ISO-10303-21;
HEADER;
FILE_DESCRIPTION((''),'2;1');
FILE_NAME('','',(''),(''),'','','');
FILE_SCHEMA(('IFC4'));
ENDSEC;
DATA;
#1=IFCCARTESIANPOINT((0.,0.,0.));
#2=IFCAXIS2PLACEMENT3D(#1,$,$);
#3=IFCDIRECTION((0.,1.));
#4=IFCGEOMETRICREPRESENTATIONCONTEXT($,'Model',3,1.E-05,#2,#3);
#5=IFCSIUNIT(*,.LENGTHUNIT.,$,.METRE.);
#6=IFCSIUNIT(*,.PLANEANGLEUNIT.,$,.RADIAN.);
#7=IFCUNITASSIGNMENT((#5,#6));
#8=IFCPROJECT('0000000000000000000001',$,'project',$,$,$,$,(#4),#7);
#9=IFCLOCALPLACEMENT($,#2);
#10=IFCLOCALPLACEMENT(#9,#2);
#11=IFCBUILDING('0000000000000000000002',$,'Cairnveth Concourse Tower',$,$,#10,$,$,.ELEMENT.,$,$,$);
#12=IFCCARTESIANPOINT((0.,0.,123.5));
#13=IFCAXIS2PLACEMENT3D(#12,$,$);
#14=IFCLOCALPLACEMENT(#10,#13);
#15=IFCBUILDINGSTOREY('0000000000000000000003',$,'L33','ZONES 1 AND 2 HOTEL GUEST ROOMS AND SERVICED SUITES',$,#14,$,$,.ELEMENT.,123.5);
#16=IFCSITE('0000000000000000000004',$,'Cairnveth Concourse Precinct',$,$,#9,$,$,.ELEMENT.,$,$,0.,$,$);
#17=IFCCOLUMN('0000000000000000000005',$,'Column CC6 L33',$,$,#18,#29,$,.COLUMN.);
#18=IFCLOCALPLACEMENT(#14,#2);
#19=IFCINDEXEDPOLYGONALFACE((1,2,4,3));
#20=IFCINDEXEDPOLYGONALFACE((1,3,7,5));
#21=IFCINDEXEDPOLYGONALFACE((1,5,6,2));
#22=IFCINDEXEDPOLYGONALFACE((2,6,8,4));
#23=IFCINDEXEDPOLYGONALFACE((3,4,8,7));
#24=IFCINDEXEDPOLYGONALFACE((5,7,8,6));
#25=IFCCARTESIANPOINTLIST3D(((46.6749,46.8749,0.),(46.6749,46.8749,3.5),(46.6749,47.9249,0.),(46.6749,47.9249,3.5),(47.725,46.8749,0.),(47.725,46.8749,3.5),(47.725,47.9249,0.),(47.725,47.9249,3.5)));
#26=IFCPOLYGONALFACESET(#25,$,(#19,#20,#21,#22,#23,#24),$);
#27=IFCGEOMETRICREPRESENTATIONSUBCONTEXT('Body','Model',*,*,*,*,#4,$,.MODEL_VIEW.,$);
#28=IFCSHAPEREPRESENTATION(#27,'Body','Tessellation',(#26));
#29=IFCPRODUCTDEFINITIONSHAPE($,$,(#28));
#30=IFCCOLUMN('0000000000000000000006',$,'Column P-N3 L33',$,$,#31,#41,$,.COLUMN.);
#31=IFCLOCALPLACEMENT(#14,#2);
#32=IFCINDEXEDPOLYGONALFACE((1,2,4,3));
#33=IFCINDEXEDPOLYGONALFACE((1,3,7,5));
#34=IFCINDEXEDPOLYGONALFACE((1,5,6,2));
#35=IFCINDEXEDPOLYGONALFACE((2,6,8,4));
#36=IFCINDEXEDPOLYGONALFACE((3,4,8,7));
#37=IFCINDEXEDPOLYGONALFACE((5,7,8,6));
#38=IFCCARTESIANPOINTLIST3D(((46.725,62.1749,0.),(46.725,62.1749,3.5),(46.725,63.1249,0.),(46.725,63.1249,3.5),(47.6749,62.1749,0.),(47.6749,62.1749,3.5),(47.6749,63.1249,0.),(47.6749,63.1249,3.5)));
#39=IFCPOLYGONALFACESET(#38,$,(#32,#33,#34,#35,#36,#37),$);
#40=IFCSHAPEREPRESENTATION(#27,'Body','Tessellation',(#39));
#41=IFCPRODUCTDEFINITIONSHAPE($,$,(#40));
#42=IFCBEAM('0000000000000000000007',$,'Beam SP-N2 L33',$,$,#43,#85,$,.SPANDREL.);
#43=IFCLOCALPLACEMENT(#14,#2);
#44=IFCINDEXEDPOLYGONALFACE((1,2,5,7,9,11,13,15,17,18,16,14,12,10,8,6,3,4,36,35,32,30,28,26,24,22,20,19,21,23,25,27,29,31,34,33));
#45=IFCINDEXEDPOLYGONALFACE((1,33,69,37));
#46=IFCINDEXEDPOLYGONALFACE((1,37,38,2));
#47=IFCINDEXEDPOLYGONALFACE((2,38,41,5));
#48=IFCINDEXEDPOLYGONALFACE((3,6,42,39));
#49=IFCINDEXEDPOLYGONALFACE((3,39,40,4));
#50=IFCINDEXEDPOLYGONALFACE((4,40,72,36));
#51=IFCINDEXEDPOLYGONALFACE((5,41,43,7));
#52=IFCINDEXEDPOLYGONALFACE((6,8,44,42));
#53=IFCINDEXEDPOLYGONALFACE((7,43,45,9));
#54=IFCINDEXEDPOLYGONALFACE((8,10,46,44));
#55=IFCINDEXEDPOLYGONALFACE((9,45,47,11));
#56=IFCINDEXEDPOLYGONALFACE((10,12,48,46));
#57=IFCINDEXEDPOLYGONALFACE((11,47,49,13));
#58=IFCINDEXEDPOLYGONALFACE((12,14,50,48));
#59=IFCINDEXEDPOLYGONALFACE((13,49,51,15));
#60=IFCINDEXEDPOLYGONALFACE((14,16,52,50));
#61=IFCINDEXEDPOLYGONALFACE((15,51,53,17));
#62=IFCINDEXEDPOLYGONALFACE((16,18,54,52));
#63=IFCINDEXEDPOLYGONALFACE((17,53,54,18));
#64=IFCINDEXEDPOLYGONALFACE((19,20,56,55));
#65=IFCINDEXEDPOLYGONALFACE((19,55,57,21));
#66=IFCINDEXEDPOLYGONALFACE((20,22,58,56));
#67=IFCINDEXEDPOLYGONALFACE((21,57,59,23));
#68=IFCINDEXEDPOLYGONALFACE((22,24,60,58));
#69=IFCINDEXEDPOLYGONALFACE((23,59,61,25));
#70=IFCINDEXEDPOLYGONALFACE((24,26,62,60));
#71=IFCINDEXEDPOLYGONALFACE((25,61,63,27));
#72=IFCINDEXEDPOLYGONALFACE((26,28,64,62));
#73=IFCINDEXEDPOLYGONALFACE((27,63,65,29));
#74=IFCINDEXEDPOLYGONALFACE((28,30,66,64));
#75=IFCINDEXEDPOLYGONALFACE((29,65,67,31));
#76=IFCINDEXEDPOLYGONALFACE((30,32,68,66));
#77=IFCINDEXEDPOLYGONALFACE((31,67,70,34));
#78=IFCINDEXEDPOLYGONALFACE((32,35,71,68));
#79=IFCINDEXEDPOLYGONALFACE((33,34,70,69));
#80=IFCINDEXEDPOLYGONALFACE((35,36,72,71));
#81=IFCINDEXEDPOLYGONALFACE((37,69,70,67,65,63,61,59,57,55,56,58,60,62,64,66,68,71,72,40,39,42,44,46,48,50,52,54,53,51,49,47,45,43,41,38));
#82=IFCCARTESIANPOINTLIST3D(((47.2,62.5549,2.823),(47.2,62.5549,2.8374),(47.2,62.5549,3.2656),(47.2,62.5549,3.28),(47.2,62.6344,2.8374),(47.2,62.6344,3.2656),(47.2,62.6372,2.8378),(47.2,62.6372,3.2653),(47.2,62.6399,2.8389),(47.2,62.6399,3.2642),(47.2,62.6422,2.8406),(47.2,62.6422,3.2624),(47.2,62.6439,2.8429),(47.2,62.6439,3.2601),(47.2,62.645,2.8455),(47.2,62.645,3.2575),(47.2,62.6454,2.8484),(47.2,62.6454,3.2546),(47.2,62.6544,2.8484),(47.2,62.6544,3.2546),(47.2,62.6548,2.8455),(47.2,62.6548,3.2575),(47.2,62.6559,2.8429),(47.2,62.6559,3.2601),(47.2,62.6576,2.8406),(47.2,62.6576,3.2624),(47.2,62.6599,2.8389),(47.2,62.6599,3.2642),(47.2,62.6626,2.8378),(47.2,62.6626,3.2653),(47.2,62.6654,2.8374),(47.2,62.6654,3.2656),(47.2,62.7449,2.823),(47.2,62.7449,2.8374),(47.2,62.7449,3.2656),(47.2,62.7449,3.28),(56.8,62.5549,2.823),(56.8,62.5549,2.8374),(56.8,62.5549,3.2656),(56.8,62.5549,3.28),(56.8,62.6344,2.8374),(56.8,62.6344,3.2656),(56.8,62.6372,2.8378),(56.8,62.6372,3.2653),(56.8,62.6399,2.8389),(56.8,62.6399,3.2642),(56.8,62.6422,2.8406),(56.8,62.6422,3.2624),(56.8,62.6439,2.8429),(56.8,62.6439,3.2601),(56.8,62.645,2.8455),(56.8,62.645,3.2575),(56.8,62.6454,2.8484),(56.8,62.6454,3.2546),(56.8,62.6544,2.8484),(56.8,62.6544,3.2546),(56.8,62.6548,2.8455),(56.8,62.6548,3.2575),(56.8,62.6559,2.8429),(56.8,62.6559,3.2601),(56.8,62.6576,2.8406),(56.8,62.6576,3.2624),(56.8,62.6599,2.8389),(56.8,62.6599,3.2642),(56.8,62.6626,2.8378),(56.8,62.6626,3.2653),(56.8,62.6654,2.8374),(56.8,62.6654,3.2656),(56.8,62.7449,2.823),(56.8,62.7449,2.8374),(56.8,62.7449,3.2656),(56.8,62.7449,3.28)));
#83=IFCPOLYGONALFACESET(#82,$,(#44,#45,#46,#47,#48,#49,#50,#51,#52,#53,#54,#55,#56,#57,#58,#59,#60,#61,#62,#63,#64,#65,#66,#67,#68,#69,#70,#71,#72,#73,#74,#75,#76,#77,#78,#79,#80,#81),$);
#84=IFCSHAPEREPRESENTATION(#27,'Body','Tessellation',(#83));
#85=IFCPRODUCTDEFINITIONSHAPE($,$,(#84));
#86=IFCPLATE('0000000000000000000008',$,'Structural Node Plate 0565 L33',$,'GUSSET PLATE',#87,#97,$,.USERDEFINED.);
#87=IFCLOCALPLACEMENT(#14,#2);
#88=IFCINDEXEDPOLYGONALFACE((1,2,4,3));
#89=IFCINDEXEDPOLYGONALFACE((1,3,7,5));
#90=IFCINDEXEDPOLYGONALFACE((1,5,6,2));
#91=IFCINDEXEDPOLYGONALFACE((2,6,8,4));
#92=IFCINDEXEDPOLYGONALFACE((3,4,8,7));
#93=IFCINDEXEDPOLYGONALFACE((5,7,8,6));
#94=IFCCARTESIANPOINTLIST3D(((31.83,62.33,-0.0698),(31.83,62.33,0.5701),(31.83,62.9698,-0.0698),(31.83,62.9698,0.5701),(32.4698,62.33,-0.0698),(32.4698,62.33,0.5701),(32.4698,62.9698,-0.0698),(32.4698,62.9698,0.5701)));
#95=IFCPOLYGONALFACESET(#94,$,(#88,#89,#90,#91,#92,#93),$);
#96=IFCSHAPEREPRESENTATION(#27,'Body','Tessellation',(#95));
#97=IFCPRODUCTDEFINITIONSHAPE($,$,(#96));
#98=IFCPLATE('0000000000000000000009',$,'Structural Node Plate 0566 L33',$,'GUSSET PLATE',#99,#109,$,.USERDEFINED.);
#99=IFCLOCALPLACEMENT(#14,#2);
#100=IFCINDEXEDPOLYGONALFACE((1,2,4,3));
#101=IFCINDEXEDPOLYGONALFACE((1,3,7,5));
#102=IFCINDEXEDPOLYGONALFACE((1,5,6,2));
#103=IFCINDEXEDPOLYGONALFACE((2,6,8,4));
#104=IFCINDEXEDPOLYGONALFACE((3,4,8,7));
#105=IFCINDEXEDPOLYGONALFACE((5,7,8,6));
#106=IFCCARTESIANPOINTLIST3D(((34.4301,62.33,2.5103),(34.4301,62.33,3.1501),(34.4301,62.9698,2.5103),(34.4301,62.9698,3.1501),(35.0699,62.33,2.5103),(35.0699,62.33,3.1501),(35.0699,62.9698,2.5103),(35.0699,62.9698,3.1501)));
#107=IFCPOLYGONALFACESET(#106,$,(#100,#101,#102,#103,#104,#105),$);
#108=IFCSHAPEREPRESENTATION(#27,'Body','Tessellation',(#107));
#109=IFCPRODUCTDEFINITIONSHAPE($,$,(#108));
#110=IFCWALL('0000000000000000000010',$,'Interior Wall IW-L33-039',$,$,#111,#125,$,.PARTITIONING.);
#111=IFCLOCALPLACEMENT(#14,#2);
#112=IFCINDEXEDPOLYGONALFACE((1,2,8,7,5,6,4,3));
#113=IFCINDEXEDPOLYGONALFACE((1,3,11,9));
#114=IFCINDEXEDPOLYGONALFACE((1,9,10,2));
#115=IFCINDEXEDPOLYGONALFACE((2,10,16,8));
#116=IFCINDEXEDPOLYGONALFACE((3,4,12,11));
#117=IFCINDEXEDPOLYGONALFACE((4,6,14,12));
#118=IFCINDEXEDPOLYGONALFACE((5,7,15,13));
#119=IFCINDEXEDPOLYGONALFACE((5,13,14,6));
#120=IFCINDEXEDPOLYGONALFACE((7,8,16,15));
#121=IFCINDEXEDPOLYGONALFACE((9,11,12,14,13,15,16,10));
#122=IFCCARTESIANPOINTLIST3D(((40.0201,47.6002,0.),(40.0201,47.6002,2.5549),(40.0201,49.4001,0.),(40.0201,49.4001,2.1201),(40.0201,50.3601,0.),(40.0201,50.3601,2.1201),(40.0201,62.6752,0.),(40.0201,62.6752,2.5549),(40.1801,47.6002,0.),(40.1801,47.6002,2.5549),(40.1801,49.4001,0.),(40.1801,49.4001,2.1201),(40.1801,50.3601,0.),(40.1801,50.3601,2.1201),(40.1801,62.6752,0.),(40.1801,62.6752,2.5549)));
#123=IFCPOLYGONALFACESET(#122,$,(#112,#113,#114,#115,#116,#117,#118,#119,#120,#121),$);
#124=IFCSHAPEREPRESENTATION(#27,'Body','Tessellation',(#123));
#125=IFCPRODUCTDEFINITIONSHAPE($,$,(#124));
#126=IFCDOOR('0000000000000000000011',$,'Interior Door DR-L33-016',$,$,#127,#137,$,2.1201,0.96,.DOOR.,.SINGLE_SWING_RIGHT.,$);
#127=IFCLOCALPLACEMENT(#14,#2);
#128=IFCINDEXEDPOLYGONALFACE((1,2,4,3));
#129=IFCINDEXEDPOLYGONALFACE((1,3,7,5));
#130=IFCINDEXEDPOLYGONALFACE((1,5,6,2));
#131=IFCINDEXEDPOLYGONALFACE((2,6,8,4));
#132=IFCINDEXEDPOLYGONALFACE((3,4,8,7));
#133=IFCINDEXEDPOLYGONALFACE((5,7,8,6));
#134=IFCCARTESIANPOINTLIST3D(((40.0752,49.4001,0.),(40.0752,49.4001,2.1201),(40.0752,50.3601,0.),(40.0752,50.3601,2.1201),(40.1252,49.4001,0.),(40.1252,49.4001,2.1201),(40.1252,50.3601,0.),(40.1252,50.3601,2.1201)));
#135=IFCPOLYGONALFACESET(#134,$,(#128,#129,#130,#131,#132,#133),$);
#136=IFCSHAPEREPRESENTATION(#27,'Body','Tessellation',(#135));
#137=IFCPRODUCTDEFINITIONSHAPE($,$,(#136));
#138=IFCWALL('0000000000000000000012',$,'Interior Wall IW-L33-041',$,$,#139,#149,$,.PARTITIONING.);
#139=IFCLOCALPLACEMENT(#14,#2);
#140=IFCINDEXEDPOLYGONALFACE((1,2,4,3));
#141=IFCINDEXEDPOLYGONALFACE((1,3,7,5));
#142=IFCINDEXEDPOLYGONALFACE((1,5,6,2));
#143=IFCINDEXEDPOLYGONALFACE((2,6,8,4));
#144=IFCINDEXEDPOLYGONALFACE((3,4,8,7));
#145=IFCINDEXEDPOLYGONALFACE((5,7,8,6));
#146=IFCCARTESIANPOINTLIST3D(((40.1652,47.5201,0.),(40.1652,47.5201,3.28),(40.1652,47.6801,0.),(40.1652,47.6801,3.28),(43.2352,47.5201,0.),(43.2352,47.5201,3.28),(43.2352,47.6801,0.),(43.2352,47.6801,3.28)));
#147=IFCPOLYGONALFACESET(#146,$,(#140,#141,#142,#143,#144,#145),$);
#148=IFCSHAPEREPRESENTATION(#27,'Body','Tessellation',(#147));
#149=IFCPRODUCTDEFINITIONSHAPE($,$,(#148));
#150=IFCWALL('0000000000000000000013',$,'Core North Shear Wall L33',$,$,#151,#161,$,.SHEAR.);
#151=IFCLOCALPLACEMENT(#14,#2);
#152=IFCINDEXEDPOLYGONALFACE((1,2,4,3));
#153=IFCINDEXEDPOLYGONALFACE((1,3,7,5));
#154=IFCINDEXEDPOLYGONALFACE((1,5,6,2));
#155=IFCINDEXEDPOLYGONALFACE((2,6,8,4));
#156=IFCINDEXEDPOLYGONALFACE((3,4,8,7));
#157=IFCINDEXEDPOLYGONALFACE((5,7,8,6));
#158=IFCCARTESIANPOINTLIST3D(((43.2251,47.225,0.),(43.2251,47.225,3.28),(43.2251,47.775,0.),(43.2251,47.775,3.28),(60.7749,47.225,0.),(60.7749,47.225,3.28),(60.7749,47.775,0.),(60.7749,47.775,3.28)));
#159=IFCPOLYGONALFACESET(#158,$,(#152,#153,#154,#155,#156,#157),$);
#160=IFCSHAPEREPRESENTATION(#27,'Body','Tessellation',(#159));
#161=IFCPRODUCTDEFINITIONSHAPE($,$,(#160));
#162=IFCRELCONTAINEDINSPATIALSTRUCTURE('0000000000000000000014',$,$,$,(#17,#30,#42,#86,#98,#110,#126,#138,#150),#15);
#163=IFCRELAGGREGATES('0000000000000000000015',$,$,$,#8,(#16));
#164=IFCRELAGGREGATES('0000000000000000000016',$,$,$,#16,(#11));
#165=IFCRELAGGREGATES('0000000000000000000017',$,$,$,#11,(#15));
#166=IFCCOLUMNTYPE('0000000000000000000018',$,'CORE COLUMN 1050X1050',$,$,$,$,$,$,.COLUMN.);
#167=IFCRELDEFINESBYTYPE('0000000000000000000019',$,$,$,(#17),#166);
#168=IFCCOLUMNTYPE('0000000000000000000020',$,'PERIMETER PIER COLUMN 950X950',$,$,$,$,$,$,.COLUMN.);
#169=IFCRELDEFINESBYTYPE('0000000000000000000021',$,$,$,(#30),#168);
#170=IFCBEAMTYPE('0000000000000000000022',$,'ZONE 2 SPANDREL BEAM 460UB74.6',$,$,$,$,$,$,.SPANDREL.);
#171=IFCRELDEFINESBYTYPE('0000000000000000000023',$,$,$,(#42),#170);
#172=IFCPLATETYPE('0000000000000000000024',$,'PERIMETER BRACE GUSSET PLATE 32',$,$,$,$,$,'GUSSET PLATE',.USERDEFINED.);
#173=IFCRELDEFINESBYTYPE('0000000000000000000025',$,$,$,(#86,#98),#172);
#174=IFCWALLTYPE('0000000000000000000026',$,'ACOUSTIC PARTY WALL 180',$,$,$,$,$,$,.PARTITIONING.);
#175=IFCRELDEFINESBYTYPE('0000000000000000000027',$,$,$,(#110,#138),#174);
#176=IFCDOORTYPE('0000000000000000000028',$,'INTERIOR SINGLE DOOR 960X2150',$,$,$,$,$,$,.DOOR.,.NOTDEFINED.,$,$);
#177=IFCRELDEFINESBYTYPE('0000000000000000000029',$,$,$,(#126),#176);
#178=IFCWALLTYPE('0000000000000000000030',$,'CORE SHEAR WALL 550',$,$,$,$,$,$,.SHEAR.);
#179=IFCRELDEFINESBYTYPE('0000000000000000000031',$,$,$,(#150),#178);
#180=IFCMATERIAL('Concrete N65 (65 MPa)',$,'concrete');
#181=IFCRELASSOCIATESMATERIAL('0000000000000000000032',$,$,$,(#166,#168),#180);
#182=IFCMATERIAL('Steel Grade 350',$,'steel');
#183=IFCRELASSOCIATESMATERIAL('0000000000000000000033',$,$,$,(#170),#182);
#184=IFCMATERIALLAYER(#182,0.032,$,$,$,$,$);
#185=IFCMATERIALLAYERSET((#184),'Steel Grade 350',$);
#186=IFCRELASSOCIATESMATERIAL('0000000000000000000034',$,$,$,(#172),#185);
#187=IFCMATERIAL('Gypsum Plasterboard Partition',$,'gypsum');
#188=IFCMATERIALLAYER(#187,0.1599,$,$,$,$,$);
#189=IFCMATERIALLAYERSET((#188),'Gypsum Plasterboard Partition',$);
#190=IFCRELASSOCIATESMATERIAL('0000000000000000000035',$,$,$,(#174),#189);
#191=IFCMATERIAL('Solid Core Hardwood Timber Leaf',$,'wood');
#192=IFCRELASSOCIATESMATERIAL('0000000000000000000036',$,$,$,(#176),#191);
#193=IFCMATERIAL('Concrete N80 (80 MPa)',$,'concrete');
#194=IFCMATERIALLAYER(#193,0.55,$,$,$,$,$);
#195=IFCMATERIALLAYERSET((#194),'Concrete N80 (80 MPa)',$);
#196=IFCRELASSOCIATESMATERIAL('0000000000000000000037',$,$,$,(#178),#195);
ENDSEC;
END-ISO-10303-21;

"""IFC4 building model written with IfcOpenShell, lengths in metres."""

from ifc_helpers import new_model, si_unit, direction, frame, frame_2d, origin, origin_2d, place, context, subcontext, project, spatial, rectangle, i_section, extrude, material, layer, layer_set, material_profile, profile_set, type_object, element, fill, save


model = new_model("IFC4")

# Units and contexts
model_context = context("Model", 3, precision=1e-05, world=origin(), true_north=direction((0.0, 1.0)))
body_context = subcontext(model_context, "Body", "Model", "MODEL_VIEW")
ifc_project = project(units=[si_unit("LENGTHUNIT", "METRE"), si_unit("PLANEANGLEUNIT", "RADIAN")], contexts=[model_context])

# Site, building, storey
site_placement = place(None, origin())
site = spatial("IfcSite", under=ifc_project, at=site_placement, Name="Cairnveth Concourse Precinct", CompositionType="ELEMENT", RefElevation=0.0)
building_placement = place(site_placement, origin())
building = spatial("IfcBuilding", under=site, at=building_placement, Name="Cairnveth Concourse Tower", CompositionType="ELEMENT")
storey_placement = place(building_placement, frame((0.0, 0.0, 123.5)))
storey = spatial("IfcBuildingStorey", under=building, at=storey_placement, Name="L33", Description="ZONES 1 AND 2 HOTEL GUEST ROOMS AND SERVICED SUITES", CompositionType="ELEMENT", Elevation=123.5)

# Columns
ifc_material_1 = material(Name="Concrete N65 (65 MPa)", Category="concrete")
ifc_material_profile_1 = material_profile(ifc_material_1, rectangle(XDim=1.05, YDim=1.05, at=origin_2d()), Name="RC-COL-1050x1050")
ifc_profile_set_1 = profile_set([ifc_material_profile_1], Name="Concrete N65 (65 MPa)")
column_type_1 = type_object("IfcColumnType", Name="CORE COLUMN 1050X1050", PredefinedType="COLUMN", material=ifc_profile_set_1)
column_1_placement = place(storey_placement, frame((47.2, 47.3999, 0.0), z_axis=(0.0, 0.0, 1.0), x_axis=(1.0, 0.0, 0.0)))
element("IfcColumn", 1, at=column_1_placement, inside=storey, type_object=column_type_1, Name="Column CC6 L33", PredefinedType="COLUMN", context=body_context, shape_type="SweptSolid", body=[
    extrude(rectangle(XDim=1.05, YDim=1.05, at=origin_2d()), origin(), (0.0, 0.0, 1.0), 3.5),
])
ifc_material_profile_2 = material_profile(ifc_material_1, rectangle(XDim=0.95, YDim=0.95, at=origin_2d()), Name="RC-COL-950x950")
ifc_profile_set_2 = profile_set([ifc_material_profile_2], Name="Concrete N65 (65 MPa)")
column_type_2 = type_object("IfcColumnType", Name="PERIMETER PIER COLUMN 950X950", PredefinedType="COLUMN", material=ifc_profile_set_2)
column_2_placement = place(storey_placement, frame((47.2, 62.6499, 0.0), z_axis=(0.0, 0.0, 1.0), x_axis=(1.0, 0.0, 0.0)))
element("IfcColumn", 2, at=column_2_placement, inside=storey, type_object=column_type_2, Name="Column P-N3 L33", PredefinedType="COLUMN", context=body_context, shape_type="SweptSolid", body=[
    extrude(rectangle(XDim=0.95, YDim=0.95, at=origin_2d()), origin(), (0.0, 0.0, 1.0), 3.5),
])

# Beam
ifc_material_2 = material(Name="Steel Grade 350", Category="steel")
ifc_material_profile_3 = material_profile(ifc_material_2, i_section(OverallWidth=0.1899, OverallDepth=0.457, WebThickness=0.009, FlangeThickness=0.0144, FilletRadius=0.011, at=origin_2d()), Name="460UB74.6")
ifc_profile_set_3 = profile_set([ifc_material_profile_3], Name="Steel Grade 350")
beam_type = type_object("IfcBeamType", Name="ZONE 2 SPANDREL BEAM 460UB74.6", PredefinedType="SPANDREL", material=ifc_profile_set_3)
beam_placement = place(storey_placement, frame((47.2, 62.6499, 3.0515), z_axis=(1.0, 0.0, 0.0), x_axis=(0.0, 1.0, 0.0)))
element("IfcBeam", 3, at=beam_placement, inside=storey, type_object=beam_type, Name="Beam SP-N2 L33", PredefinedType="SPANDREL", context=body_context, shape_type="SweptSolid", body=[
    extrude(i_section(OverallWidth=0.1899, OverallDepth=0.457, WebThickness=0.009, FlangeThickness=0.0144, FilletRadius=0.011, at=origin_2d()), origin(), (0.0, 0.0, 1.0), 9.6001),
])

# Plates
ifc_layer_1 = layer(ifc_material_2, 0.032)
ifc_layer_set_1 = layer_set([ifc_layer_1], Name="Steel Grade 350")
plate_type = type_object("IfcPlateType", Name="PERIMETER BRACE GUSSET PLATE 32", ElementType="GUSSET PLATE", PredefinedType="USERDEFINED", material=ifc_layer_set_1)
for number, where, z_axis, x_axis, name in (
    (4, (32.1499, 62.6499, -0.0698), (0.0, 0.0, 1.0), (1.0, 0.0, 0.0), "Structural Node Plate 0565 L33"),
    (5, (34.75, 62.6499, 2.5103), (0.0, 0.0, 1.0), (1.0, 0.0, 0.0), "Structural Node Plate 0566 L33"),
):
    element("IfcPlate", number, at=place(storey_placement, frame(where, z_axis=z_axis, x_axis=x_axis)), inside=storey, type_object=plate_type, Name=name, ObjectType="GUSSET PLATE", PredefinedType="USERDEFINED", context=body_context, shape_type="SweptSolid", body=[
        extrude(rectangle(XDim=0.6399, YDim=0.6399, at=origin_2d()), origin(), (0.0, 0.0, 1.0), 0.6399),
    ])

# Wall, opening, door
ifc_material_3 = material(Name="Gypsum Plasterboard Partition", Category="gypsum")
ifc_layer_2 = layer(ifc_material_3, 0.1599)
ifc_layer_set_2 = layer_set([ifc_layer_2], Name="Gypsum Plasterboard Partition")
wall_type_1 = type_object("IfcWallType", Name="ACOUSTIC PARTY WALL 180", PredefinedType="PARTITIONING", material=ifc_layer_set_2)
wall_1_placement = place(storey_placement, frame((40.1001, 47.6001, 0.0), z_axis=(0.0, 0.0, 1.0), x_axis=(0.0, 1.0, 0.0)))
wall_1 = element("IfcWall", 6, at=wall_1_placement, inside=storey, type_object=wall_type_1, Name="Interior Wall IW-L33-039", PredefinedType="PARTITIONING", context=body_context, shape_type="SweptSolid", body=[
    extrude(rectangle(XDim=15.075, YDim=0.1599, at=frame_2d((7.5376, 0.0))), origin(), (0.0, 0.0, 1.0), 2.5549),
])
opening_1_placement = place(wall_1_placement, frame((1.8, 0.0, 0.0)))
opening_1 = element("IfcOpeningElement", 7, at=opening_1_placement, cuts=wall_1, PredefinedType="OPENING", context=body_context, shape_type="SweptSolid", body=[
    extrude(rectangle(XDim=0.96, YDim=2.1201, at=frame_2d((0.48, 1.0601))), frame((0.0, 0.0898, 0.0), z_axis=(0.0, -1.0, 0.0), x_axis=(1.0, 0.0, 0.0)), (0.0, 0.0, 1.0), 0.1799),
])
ifc_material_4 = material(Name="Solid Core Hardwood Timber Leaf", Category="wood")
door_type_1 = type_object("IfcDoorType", Name="INTERIOR SINGLE DOOR 960X2150", OperationType="NOTDEFINED", PredefinedType="DOOR", material=ifc_material_4)
door_1_placement = place(opening_1_placement, origin())
door_1 = element("IfcDoor", 8, at=door_1_placement, inside=storey, type_object=door_type_1, Name="Interior Door DR-L33-016", OperationType="SINGLE_SWING_RIGHT", OverallHeight=2.1201, OverallWidth=0.96, PredefinedType="DOOR", context=body_context, shape_type="SweptSolid", body=[
    extrude(rectangle(XDim=0.96, YDim=2.1201, at=frame_2d((0.48, 1.0601))), frame((0.0, 0.0249, 0.0), z_axis=(0.0, -1.0, 0.0), x_axis=(1.0, 0.0, 0.0)), (0.0, 0.0, 1.0), 0.05),
])
fill(opening_1, door_1)

# Walls
wall_2_placement = place(storey_placement, frame((40.165, 47.6001, 0.0), z_axis=(0.0, 0.0, 1.0), x_axis=(1.0, 0.0, 0.0)))
element("IfcWall", 9, at=wall_2_placement, inside=storey, type_object=wall_type_1, Name="Interior Wall IW-L33-041", PredefinedType="PARTITIONING", context=body_context, shape_type="SweptSolid", body=[
    extrude(rectangle(XDim=3.0701, YDim=0.1599, at=frame_2d((1.5352, 0.0))), origin(), (0.0, 0.0, 1.0), 3.28),
])
ifc_material_5 = material(Name="Concrete N80 (80 MPa)", Category="concrete")
ifc_layer_3 = layer(ifc_material_5, 0.55)
ifc_layer_set_3 = layer_set([ifc_layer_3], Name="Concrete N80 (80 MPa)")
wall_type_2 = type_object("IfcWallType", Name="CORE SHEAR WALL 550", PredefinedType="SHEAR", material=ifc_layer_set_3)
wall_3_placement = place(storey_placement, frame((43.2251, 47.5, 0.0), z_axis=(0.0, 0.0, 1.0), x_axis=(1.0, 0.0, 0.0)))
element("IfcWall", 10, at=wall_3_placement, inside=storey, type_object=wall_type_2, Name="Core North Shear Wall L33", PredefinedType="SHEAR", context=body_context, shape_type="SweptSolid", body=[
    extrude(rectangle(XDim=17.5498, YDim=0.55, at=frame_2d((8.7749, 0.0))), origin(), (0.0, 0.0, 1.0), 3.28),
])

save(model, "model.ifc")
